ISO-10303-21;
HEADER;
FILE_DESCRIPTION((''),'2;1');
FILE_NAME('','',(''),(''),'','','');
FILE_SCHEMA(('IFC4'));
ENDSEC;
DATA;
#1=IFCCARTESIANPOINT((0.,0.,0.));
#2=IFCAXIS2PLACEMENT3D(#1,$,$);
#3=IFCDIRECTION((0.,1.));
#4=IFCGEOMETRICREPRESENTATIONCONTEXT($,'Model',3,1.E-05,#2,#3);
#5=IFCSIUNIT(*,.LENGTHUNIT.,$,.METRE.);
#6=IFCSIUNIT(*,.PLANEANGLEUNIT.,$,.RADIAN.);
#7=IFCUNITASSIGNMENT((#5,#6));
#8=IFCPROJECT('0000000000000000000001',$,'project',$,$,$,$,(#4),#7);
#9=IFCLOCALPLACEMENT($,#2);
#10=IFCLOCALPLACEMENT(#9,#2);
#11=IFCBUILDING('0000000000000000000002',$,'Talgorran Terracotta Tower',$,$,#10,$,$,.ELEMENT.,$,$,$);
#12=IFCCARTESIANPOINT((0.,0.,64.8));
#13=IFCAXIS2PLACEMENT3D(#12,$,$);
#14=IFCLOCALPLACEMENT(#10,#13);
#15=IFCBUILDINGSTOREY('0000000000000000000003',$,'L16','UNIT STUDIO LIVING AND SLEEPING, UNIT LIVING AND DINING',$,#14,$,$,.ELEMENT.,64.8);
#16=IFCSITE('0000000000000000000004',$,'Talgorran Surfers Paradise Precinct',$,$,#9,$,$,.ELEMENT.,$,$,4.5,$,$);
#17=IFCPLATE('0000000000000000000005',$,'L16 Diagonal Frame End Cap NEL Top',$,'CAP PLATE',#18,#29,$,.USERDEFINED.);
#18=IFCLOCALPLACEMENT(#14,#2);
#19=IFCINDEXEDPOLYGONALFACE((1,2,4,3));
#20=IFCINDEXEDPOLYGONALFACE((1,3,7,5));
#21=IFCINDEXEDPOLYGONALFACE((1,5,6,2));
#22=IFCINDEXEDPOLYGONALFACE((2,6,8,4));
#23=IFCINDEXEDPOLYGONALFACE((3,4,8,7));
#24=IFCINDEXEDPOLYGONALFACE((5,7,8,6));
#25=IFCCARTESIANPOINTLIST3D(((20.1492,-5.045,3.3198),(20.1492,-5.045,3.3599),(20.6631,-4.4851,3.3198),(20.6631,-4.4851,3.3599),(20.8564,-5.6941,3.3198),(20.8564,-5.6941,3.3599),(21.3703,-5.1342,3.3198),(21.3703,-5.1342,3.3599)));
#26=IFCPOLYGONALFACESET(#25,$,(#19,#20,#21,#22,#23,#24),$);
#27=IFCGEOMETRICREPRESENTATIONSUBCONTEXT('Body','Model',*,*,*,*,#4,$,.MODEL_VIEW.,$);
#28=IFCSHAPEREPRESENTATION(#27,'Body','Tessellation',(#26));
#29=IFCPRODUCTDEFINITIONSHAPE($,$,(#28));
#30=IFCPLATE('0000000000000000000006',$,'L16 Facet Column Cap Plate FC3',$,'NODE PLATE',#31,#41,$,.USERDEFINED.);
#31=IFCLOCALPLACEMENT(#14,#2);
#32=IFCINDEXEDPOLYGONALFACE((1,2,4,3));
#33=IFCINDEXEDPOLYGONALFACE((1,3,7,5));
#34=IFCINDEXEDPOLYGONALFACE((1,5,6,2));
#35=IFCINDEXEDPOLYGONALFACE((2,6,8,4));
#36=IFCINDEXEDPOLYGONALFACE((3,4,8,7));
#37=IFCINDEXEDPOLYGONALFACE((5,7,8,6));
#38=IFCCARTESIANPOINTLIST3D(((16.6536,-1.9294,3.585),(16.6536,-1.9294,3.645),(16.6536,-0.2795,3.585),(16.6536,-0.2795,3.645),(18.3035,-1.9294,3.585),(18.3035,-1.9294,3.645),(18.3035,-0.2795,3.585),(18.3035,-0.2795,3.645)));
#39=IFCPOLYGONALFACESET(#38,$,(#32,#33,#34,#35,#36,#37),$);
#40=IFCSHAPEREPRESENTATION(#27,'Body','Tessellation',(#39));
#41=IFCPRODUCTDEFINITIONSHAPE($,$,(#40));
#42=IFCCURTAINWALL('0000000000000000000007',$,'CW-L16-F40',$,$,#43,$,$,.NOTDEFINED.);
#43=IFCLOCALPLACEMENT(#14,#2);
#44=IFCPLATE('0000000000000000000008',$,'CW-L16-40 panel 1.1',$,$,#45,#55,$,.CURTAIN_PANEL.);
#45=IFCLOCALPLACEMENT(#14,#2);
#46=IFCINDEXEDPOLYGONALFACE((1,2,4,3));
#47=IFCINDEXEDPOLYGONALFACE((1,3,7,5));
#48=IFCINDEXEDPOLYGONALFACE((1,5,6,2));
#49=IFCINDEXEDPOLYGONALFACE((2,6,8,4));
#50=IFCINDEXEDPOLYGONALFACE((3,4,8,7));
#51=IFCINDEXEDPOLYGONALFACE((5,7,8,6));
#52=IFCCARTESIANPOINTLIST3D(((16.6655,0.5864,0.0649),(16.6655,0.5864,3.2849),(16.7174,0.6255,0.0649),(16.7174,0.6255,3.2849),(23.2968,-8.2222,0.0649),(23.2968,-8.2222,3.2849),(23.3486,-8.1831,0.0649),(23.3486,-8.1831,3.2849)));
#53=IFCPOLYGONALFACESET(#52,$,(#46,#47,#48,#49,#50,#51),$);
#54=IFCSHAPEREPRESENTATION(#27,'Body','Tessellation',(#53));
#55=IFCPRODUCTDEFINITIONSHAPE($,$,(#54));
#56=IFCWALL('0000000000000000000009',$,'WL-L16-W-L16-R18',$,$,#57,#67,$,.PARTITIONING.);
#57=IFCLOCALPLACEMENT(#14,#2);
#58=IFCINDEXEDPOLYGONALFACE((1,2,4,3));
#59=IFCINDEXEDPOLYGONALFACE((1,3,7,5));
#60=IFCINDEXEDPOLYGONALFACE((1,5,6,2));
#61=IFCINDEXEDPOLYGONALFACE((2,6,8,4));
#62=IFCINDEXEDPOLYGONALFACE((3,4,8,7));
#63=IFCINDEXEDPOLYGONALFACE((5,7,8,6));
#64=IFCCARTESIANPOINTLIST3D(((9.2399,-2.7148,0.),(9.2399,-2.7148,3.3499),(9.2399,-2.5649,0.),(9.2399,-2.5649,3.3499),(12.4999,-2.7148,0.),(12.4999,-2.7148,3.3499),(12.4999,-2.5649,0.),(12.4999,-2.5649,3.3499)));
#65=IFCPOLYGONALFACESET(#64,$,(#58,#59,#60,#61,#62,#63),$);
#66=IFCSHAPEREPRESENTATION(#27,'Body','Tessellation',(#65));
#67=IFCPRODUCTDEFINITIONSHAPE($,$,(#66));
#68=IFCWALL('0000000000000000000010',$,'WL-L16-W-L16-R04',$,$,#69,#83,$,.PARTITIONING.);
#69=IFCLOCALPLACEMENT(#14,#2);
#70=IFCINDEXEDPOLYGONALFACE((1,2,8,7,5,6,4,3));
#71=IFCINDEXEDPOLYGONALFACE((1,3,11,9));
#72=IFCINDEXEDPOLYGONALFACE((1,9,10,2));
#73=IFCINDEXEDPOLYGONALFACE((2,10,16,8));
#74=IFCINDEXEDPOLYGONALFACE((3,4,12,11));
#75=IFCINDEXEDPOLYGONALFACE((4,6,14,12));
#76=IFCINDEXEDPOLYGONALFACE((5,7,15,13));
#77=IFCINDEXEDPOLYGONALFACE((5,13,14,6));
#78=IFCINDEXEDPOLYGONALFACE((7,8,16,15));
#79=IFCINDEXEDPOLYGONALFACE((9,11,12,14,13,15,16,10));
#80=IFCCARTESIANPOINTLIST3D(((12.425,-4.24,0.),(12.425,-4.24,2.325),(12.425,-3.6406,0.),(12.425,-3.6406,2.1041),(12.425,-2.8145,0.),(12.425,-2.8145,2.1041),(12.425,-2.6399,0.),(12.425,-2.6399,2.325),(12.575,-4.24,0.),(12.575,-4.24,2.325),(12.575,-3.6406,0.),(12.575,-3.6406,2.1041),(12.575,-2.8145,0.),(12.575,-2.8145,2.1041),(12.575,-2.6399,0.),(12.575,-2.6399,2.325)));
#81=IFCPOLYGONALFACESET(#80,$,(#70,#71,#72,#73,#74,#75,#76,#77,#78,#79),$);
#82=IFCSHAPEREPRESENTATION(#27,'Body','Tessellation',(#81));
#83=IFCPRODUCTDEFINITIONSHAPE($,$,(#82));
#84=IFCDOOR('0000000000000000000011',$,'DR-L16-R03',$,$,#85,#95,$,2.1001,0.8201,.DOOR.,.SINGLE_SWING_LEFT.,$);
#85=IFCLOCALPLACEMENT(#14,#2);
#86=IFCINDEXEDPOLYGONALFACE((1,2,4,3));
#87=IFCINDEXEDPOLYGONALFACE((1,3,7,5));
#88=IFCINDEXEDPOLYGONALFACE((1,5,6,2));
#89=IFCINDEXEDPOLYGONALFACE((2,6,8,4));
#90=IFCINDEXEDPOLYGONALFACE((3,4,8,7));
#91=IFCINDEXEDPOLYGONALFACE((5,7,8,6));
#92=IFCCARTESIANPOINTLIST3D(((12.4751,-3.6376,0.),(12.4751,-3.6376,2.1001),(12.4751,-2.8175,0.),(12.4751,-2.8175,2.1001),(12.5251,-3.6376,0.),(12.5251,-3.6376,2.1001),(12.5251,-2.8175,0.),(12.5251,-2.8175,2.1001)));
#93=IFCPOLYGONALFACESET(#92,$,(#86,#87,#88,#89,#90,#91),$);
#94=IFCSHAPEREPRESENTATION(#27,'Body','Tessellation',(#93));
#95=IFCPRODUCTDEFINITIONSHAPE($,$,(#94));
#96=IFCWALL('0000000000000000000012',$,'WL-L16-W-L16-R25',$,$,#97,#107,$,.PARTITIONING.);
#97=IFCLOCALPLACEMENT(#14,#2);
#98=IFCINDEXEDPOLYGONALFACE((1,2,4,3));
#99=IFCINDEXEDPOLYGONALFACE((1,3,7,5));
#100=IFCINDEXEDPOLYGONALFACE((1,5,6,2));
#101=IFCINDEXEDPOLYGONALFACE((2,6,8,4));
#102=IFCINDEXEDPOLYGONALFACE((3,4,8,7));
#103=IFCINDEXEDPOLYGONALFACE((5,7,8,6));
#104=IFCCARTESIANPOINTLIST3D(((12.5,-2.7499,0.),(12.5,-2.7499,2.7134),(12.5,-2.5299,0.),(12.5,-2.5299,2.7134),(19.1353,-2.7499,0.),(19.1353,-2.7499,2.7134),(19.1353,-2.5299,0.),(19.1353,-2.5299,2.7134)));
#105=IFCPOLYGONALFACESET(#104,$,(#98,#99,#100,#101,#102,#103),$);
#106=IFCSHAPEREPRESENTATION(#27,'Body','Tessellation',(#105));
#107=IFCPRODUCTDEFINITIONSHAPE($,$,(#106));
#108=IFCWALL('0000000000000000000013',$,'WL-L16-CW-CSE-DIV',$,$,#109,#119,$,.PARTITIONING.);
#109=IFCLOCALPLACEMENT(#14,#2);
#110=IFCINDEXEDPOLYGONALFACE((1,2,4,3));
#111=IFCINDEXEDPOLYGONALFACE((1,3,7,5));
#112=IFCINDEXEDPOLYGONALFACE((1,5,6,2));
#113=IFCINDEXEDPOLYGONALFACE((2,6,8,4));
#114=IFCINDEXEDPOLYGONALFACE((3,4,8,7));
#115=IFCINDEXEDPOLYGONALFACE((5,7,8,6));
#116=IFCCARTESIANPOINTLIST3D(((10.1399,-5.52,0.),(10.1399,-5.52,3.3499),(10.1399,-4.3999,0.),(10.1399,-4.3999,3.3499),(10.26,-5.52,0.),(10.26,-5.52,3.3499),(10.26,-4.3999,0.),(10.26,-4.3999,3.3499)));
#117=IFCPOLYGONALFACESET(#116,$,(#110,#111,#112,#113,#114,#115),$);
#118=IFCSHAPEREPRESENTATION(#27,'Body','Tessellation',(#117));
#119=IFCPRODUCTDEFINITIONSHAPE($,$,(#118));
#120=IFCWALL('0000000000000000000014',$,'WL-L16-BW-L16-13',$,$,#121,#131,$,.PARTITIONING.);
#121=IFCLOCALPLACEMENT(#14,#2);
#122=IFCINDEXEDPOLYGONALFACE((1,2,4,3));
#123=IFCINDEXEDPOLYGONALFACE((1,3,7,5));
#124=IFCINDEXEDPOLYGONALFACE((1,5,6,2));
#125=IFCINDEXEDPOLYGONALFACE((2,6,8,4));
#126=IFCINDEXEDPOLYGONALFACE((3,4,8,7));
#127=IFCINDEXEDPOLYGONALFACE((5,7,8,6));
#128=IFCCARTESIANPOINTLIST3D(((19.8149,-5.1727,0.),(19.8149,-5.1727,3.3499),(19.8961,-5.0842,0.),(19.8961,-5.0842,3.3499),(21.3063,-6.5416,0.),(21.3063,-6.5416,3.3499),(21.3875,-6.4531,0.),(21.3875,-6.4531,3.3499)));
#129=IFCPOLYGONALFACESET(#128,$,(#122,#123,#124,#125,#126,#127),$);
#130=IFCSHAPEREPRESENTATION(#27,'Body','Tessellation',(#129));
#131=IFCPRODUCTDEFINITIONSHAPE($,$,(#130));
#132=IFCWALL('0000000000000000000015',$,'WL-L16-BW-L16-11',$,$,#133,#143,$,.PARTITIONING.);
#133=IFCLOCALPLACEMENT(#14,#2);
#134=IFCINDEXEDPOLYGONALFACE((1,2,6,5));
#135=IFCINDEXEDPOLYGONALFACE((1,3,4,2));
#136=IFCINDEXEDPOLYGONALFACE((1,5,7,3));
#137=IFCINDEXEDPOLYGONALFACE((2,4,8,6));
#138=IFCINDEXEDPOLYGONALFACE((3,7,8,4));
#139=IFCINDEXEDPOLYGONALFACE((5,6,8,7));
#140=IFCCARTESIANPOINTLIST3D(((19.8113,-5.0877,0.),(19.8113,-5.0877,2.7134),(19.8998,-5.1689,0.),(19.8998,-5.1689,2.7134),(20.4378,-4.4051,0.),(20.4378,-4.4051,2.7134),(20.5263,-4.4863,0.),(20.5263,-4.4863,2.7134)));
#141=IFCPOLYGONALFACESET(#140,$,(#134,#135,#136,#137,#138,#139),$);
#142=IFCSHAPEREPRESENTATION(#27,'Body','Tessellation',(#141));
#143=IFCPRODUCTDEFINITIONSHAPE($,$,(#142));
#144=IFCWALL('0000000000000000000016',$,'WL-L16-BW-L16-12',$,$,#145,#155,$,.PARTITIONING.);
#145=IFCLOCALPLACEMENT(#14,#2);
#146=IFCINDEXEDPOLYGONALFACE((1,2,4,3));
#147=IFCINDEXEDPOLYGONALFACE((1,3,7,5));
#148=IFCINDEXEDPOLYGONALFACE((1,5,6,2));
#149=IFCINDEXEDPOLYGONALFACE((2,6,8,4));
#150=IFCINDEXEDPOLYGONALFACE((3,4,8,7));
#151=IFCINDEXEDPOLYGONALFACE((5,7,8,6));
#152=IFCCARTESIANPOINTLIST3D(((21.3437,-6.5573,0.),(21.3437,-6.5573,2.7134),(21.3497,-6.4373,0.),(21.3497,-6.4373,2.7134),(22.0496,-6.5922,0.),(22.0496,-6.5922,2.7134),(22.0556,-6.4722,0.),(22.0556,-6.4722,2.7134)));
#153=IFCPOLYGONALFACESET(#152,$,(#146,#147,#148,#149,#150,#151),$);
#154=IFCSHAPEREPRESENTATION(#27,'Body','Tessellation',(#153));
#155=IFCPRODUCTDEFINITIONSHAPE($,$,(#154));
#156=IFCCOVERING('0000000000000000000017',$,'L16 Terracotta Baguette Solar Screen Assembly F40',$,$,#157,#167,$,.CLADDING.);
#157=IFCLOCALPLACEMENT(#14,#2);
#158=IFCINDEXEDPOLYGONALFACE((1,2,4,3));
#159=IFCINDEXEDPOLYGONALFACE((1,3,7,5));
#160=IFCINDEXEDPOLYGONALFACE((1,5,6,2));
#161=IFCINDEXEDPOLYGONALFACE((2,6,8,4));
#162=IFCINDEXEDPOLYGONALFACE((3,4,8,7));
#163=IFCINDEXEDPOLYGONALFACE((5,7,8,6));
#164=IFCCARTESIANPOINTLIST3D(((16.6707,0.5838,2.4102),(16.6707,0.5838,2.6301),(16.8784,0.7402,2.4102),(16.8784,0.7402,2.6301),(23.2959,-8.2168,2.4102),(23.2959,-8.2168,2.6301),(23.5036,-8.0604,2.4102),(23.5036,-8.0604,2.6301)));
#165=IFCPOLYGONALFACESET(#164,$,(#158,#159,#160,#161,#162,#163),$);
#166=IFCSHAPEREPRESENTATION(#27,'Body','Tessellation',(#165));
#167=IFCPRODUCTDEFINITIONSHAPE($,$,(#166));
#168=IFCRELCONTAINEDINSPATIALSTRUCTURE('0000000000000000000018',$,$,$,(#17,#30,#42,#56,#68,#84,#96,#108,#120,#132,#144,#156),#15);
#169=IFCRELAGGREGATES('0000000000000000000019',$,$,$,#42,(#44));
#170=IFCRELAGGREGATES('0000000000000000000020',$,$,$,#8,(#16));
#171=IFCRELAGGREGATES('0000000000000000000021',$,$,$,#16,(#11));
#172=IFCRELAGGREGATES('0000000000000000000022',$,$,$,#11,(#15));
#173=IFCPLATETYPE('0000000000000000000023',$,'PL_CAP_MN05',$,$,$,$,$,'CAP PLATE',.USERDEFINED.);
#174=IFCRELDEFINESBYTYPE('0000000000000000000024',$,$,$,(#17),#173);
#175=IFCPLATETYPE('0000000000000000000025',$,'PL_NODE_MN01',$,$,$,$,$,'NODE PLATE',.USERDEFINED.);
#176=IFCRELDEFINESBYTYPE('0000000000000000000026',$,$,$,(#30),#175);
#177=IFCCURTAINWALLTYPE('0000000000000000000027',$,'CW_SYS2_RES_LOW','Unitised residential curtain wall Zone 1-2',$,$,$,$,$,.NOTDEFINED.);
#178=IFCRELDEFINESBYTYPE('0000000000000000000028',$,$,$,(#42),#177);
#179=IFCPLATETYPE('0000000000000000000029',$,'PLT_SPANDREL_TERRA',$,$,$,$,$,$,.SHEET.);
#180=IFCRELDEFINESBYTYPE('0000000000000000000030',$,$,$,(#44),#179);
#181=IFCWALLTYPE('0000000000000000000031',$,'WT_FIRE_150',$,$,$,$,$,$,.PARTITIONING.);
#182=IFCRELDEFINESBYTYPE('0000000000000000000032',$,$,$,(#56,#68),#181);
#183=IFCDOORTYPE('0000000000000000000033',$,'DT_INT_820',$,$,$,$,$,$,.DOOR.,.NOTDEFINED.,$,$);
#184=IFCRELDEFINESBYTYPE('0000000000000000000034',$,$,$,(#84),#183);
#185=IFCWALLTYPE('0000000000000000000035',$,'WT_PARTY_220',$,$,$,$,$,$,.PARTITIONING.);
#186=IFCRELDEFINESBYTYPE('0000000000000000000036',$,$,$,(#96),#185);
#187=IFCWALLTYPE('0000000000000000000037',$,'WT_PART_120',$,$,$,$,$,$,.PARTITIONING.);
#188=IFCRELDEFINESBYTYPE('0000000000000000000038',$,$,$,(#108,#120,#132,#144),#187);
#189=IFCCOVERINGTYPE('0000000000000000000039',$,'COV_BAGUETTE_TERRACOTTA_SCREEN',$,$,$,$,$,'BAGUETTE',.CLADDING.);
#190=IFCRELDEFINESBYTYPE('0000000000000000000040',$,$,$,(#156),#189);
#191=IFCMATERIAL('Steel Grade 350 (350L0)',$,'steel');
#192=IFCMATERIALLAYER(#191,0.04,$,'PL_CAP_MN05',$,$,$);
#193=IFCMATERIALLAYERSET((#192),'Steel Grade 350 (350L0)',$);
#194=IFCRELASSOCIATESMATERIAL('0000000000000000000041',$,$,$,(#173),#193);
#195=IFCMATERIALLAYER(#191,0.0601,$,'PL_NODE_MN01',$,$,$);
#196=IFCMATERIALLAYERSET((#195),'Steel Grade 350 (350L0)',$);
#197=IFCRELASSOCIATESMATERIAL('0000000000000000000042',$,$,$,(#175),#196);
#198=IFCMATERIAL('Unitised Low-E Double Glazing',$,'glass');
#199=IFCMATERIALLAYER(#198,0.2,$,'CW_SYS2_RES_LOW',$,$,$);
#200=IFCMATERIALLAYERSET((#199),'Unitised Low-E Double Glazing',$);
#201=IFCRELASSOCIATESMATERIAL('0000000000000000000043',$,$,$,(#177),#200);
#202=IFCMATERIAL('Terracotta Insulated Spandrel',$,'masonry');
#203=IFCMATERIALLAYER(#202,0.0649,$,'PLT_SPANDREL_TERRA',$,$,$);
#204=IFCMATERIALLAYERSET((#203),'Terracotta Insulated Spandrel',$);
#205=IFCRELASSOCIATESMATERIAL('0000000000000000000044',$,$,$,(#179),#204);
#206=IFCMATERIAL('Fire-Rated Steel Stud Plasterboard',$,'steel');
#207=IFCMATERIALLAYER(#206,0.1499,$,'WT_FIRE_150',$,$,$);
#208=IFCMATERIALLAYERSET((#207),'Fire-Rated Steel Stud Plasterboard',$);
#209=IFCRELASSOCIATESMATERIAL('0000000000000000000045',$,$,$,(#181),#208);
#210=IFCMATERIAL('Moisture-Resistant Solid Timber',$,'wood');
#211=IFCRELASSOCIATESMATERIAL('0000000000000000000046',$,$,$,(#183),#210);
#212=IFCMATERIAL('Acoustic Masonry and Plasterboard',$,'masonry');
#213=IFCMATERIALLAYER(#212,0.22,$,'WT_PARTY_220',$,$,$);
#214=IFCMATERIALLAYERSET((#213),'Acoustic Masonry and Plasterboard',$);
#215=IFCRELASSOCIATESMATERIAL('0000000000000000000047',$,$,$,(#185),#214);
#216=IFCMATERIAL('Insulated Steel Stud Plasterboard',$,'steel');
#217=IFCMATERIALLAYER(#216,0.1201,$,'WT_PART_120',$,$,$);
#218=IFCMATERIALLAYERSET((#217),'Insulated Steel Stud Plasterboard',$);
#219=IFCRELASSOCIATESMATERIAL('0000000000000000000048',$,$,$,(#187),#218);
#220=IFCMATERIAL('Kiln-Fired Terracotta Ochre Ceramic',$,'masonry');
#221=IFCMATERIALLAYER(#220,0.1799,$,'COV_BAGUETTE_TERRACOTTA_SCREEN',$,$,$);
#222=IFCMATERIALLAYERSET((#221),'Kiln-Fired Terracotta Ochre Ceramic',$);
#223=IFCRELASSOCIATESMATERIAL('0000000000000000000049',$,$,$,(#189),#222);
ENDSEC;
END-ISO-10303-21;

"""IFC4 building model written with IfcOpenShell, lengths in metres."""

from ifc_helpers import new_model, si_unit, direction, frame, frame_2d, origin, origin_2d, place, context, subcontext, project, spatial, rectangle, extrude, source, transform, mapped, material, layer, layer_set, type_object, type_shapes, element, fill, aggregate, save


model = new_model("IFC4")

# Units and contexts
model_context = context("Model", 3, precision=1e-05, world=origin(), true_north=direction((0.0, 1.0)))
body_context = subcontext(model_context, "Body", "Model", "MODEL_VIEW")
ifc_project = project(units=[si_unit("LENGTHUNIT", "METRE"), si_unit("PLANEANGLEUNIT", "RADIAN")], contexts=[model_context])

# Site, building, storey
site_placement = place(None, origin())
site = spatial("IfcSite", under=ifc_project, at=site_placement, Name="Talgorran Surfers Paradise Precinct", CompositionType="ELEMENT", RefElevation=4.5)
building_placement = place(site_placement, origin())
building = spatial("IfcBuilding", under=site, at=building_placement, Name="Talgorran Terracotta Tower", CompositionType="ELEMENT")
storey_placement = place(building_placement, frame((0.0, 0.0, 64.8)))
storey = spatial("IfcBuildingStorey", under=building, at=storey_placement, Name="L16", Description="UNIT STUDIO LIVING AND SLEEPING, UNIT LIVING AND DINING", CompositionType="ELEMENT", Elevation=64.8)

# Shared definitions
ifc_material_1 = material(Name="Steel Grade 350 (350L0)", Category="steel")

# Plates
ifc_layer_1 = layer(ifc_material_1, 0.04, Name="PL_CAP_MN05")
ifc_layer_set_1 = layer_set([ifc_layer_1], Name="Steel Grade 350 (350L0)")
plate_type_1 = type_object("IfcPlateType", Name="PL_CAP_MN05", ElementType="CAP PLATE", PredefinedType="USERDEFINED", material=ifc_layer_set_1)
for number, where, z_axis, x_axis, name in (
    (1, (20.7598, -5.0896, 3.3198), (0.0, 0.0, 1.0), (-0.736687, 0.676233, 0.0), "L16 Diagonal Frame End Cap NEL Top"),
):
    element("IfcPlate", number, at=place(storey_placement, frame(where, z_axis=z_axis, x_axis=x_axis)), inside=storey, type_object=plate_type_1, Name=name, ObjectType="CAP PLATE", PredefinedType="USERDEFINED", context=body_context, shape_type="SweptSolid", body=[
        extrude(rectangle(XDim=0.96, YDim=0.76, at=origin_2d()), origin(), (0.0, 0.0, 1.0), 0.04),
    ])
ifc_layer_2 = layer(ifc_material_1, 0.0601, Name="PL_NODE_MN01")
ifc_layer_set_2 = layer_set([ifc_layer_2], Name="Steel Grade 350 (350L0)")
plate_type_2 = type_object("IfcPlateType", Name="PL_NODE_MN01", ElementType="NODE PLATE", PredefinedType="USERDEFINED", material=ifc_layer_set_2)
plate_1_placement = place(storey_placement, frame((17.4785, -1.1045, 3.585), z_axis=(0.0, 0.0, 1.0), x_axis=(1.0, 0.0, 0.0)))
element("IfcPlate", 2, at=plate_1_placement, inside=storey, type_object=plate_type_2, Name="L16 Facet Column Cap Plate FC3", ObjectType="NODE PLATE", PredefinedType="USERDEFINED", context=body_context, shape_type="SweptSolid", body=[
    extrude(rectangle(XDim=1.6499, YDim=1.6499, at=origin_2d()), origin(), (0.0, 0.0, 1.0), 0.0601),
])

# Curtain wall, plate
ifc_material_2 = material(Name="Unitised Low-E Double Glazing", Category="glass")
ifc_layer_3 = layer(ifc_material_2, 0.2, Name="CW_SYS2_RES_LOW")
ifc_layer_set_3 = layer_set([ifc_layer_3], Name="Unitised Low-E Double Glazing")
curtain_wall_type = type_object("IfcCurtainWallType", Name="CW_SYS2_RES_LOW", Description="Unitised residential curtain wall Zone 1-2", PredefinedType="NOTDEFINED", material=ifc_layer_set_3)
curtain_wall_placement = place(storey_placement, origin())
curtain_wall = element("IfcCurtainWall", 3, at=curtain_wall_placement, inside=storey, type_object=curtain_wall_type, Name="CW-L16-F40", PredefinedType="NOTDEFINED")
ifc_material_3 = material(Name="Terracotta Insulated Spandrel", Category="masonry")
ifc_layer_4 = layer(ifc_material_3, 0.0649, Name="PLT_SPANDREL_TERRA")
ifc_layer_set_4 = layer_set([ifc_layer_4], Name="Terracotta Insulated Spandrel")
plate_type_3 = type_object("IfcPlateType", Name="PLT_SPANDREL_TERRA", PredefinedType="SHEET", material=ifc_layer_set_4)
shared_shape = source(origin(), body_context, "Body", "SweptSolid", [
    extrude(rectangle(XDim=11.0256, YDim=0.0649, at=origin_2d()), origin(), (0.0, 0.0, 1.0), 3.22),
])
type_shapes(plate_type_3, [shared_shape])
plate_2_placement = place(storey_placement, frame((20.0071, -3.7983, 0.0649), z_axis=(0.0, 0.0, 1.0), x_axis=(-0.601439, 0.798919, 0.0)))
plate_2 = element("IfcPlate", 4, at=plate_2_placement, type_object=plate_type_3, Name="CW-L16-40 panel 1.1", PredefinedType="CURTAIN_PANEL", context=body_context, shape_type="MappedRepresentation", body=[
    mapped(shared_shape, transform((0.0, 0.0, 0.0), scale=1.0)),
])
aggregate(curtain_wall, [plate_2])

# Wall
ifc_material_4 = material(Name="Fire-Rated Steel Stud Plasterboard", Category="steel")
ifc_layer_5 = layer(ifc_material_4, 0.1499, Name="WT_FIRE_150")
ifc_layer_set_5 = layer_set([ifc_layer_5], Name="Fire-Rated Steel Stud Plasterboard")
wall_type_1 = type_object("IfcWallType", Name="WT_FIRE_150", PredefinedType="PARTITIONING", material=ifc_layer_set_5)
wall_1_placement = place(storey_placement, frame((9.24, -2.6399, 0.0), z_axis=(0.0, 0.0, 1.0), x_axis=(1.0, 0.0, 0.0)))
element("IfcWall", 5, at=wall_1_placement, inside=storey, type_object=wall_type_1, Name="WL-L16-W-L16-R18", PredefinedType="PARTITIONING", context=body_context, shape_type="SweptSolid", body=[
    extrude(rectangle(XDim=3.26, YDim=0.1499, at=frame_2d((1.6299, 0.0))), origin(), (0.0, 0.0, 1.0), 3.3499),
])

# Wall, opening, door
wall_2_placement = place(storey_placement, frame((12.5, -4.24, 0.0), z_axis=(0.0, 0.0, 1.0), x_axis=(0.0, 1.0, 0.0)))
wall_2 = element("IfcWall", 6, at=wall_2_placement, inside=storey, type_object=wall_type_1, Name="WL-L16-W-L16-R04", PredefinedType="PARTITIONING", context=body_context, shape_type="SweptSolid", body=[
    extrude(rectangle(XDim=1.6001, YDim=0.1499, at=frame_2d((0.8, 0.0))), origin(), (0.0, 0.0, 1.0), 2.325),
])
opening_placement = place(wall_2_placement, frame((0.6023, 0.0, 0.0)))
opening = element("IfcOpeningElement", 7, at=opening_placement, cuts=wall_2, PredefinedType="OPENING", context=body_context, shape_type="SweptSolid", body=[
    extrude(rectangle(XDim=0.8261, YDim=2.1041, at=frame_2d((0.4102, 1.052))), frame((0.0, 0.085, 0.0), z_axis=(0.0, -1.0, 0.0), x_axis=(1.0, 0.0, 0.0)), (0.0, 0.0, 1.0), 0.1699),
])
ifc_material_5 = material(Name="Moisture-Resistant Solid Timber", Category="wood")
door_type = type_object("IfcDoorType", Name="DT_INT_820", OperationType="NOTDEFINED", PredefinedType="DOOR", material=ifc_material_5)
door_placement = place(opening_placement, origin())
door = element("IfcDoor", 8, at=door_placement, inside=storey, type_object=door_type, Name="DR-L16-R03", OperationType="SINGLE_SWING_LEFT", OverallHeight=2.1001, OverallWidth=0.8201, PredefinedType="DOOR", context=body_context, shape_type="SweptSolid", body=[
    extrude(rectangle(XDim=0.8201, YDim=2.1001, at=frame_2d((0.4102, 1.05))), frame((0.0, 0.0249, 0.0), z_axis=(0.0, -1.0, 0.0), x_axis=(1.0, 0.0, 0.0)), (0.0, 0.0, 1.0), 0.05),
])
fill(opening, door)

# Walls
ifc_material_6 = material(Name="Acoustic Masonry and Plasterboard", Category="masonry")
ifc_layer_6 = layer(ifc_material_6, 0.22, Name="WT_PARTY_220")
ifc_layer_set_6 = layer_set([ifc_layer_6], Name="Acoustic Masonry and Plasterboard")
wall_type_2 = type_object("IfcWallType", Name="WT_PARTY_220", PredefinedType="PARTITIONING", material=ifc_layer_set_6)
wall_3_placement = place(storey_placement, frame((12.5, -2.6399, 0.0), z_axis=(0.0, 0.0, 1.0), x_axis=(1.0, 0.0, 0.0)))
element("IfcWall", 9, at=wall_3_placement, inside=storey, type_object=wall_type_2, Name="WL-L16-W-L16-R25", PredefinedType="PARTITIONING", context=body_context, shape_type="SweptSolid", body=[
    extrude(rectangle(XDim=6.6353, YDim=0.22, at=frame_2d((3.3176, 0.0))), origin(), (0.0, 0.0, 1.0), 2.7134),
])
ifc_material_7 = material(Name="Insulated Steel Stud Plasterboard", Category="steel")
ifc_layer_7 = layer(ifc_material_7, 0.1201, Name="WT_PART_120")
ifc_layer_set_7 = layer_set([ifc_layer_7], Name="Insulated Steel Stud Plasterboard")
wall_type_3 = type_object("IfcWallType", Name="WT_PART_120", PredefinedType="PARTITIONING", material=ifc_layer_set_7)
wall_4_placement = place(storey_placement, frame((10.2, -5.52, 0.0), z_axis=(0.0, 0.0, 1.0), x_axis=(0.0, 1.0, 0.0)))
element("IfcWall", 10, at=wall_4_placement, inside=storey, type_object=wall_type_3, Name="WL-L16-CW-CSE-DIV", PredefinedType="PARTITIONING", context=body_context, shape_type="SweptSolid", body=[
    extrude(rectangle(XDim=1.1201, YDim=0.1201, at=frame_2d((0.5601, 0.0))), origin(), (0.0, 0.0, 1.0), 3.3499),
])
wall_5_placement = place(storey_placement, frame((21.3469, -6.4973, 0.0), z_axis=(0.0, 0.0, 1.0), x_axis=(-0.736728, 0.676189, 0.0)))
element("IfcWall", 11, at=wall_5_placement, inside=storey, type_object=wall_type_3, Name="WL-L16-BW-L16-13", PredefinedType="PARTITIONING", context=body_context, shape_type="SweptSolid", body=[
    extrude(rectangle(XDim=2.0244, YDim=0.1201, at=frame_2d((1.0122, 0.0))), origin(), (0.0, 0.0, 1.0), 3.3499),
])
wall_6_placement = place(storey_placement, frame((19.8555, -5.1284, 0.0), z_axis=(0.0, 0.0, 1.0), x_axis=(0.676154, 0.73676, 0.0)))
element("IfcWall", 12, at=wall_6_placement, inside=storey, type_object=wall_type_3, Name="WL-L16-BW-L16-11", PredefinedType="PARTITIONING", context=body_context, shape_type="SweptSolid", body=[
    extrude(rectangle(XDim=0.9265, YDim=0.1201, at=frame_2d((0.4634, 0.0))), origin(), (0.0, 0.0, 1.0), 2.7134),
])
wall_7_placement = place(storey_placement, frame((22.0527, -6.5322, 0.0), z_axis=(0.0, 0.0, 1.0), x_axis=(-0.998779, 0.049403, 0.0)))
element("IfcWall", 13, at=wall_7_placement, inside=storey, type_object=wall_type_3, Name="WL-L16-BW-L16-12", PredefinedType="PARTITIONING", context=body_context, shape_type="SweptSolid", body=[
    extrude(rectangle(XDim=0.7068, YDim=0.1201, at=frame_2d((0.3535, 0.0))), origin(), (0.0, 0.0, 1.0), 2.7134),
])

# Covering
ifc_material_8 = material(Name="Kiln-Fired Terracotta Ochre Ceramic", Category="masonry")
ifc_layer_8 = layer(ifc_material_8, 0.1799, Name="COV_BAGUETTE_TERRACOTTA_SCREEN")
ifc_layer_set_8 = layer_set([ifc_layer_8], Name="Kiln-Fired Terracotta Ochre Ceramic")
covering_type_1 = type_object("IfcCoveringType", Name="COV_BAGUETTE_TERRACOTTA_SCREEN", ElementType="BAGUETTE", PredefinedType="CLADDING", material=ifc_layer_set_8)
covering_1_placement = place(storey_placement, frame((20.0872, -3.7383, 2.4102), z_axis=(0.0, 0.0, 1.0), x_axis=(-0.601439, 0.798919, 0.0)))
element("IfcCovering", 14, at=covering_1_placement, inside=storey, type_object=covering_type_1, Name="L16 Terracotta Baguette Solar Screen Assembly F40", PredefinedType="CLADDING", context=body_context, shape_type="SweptSolid", body=[
    extrude(rectangle(XDim=11.0156, YDim=0.26, at=origin_2d()), origin(), (0.0, 0.0, 1.0), 0.22),
])

save(model, "model.ifc")
